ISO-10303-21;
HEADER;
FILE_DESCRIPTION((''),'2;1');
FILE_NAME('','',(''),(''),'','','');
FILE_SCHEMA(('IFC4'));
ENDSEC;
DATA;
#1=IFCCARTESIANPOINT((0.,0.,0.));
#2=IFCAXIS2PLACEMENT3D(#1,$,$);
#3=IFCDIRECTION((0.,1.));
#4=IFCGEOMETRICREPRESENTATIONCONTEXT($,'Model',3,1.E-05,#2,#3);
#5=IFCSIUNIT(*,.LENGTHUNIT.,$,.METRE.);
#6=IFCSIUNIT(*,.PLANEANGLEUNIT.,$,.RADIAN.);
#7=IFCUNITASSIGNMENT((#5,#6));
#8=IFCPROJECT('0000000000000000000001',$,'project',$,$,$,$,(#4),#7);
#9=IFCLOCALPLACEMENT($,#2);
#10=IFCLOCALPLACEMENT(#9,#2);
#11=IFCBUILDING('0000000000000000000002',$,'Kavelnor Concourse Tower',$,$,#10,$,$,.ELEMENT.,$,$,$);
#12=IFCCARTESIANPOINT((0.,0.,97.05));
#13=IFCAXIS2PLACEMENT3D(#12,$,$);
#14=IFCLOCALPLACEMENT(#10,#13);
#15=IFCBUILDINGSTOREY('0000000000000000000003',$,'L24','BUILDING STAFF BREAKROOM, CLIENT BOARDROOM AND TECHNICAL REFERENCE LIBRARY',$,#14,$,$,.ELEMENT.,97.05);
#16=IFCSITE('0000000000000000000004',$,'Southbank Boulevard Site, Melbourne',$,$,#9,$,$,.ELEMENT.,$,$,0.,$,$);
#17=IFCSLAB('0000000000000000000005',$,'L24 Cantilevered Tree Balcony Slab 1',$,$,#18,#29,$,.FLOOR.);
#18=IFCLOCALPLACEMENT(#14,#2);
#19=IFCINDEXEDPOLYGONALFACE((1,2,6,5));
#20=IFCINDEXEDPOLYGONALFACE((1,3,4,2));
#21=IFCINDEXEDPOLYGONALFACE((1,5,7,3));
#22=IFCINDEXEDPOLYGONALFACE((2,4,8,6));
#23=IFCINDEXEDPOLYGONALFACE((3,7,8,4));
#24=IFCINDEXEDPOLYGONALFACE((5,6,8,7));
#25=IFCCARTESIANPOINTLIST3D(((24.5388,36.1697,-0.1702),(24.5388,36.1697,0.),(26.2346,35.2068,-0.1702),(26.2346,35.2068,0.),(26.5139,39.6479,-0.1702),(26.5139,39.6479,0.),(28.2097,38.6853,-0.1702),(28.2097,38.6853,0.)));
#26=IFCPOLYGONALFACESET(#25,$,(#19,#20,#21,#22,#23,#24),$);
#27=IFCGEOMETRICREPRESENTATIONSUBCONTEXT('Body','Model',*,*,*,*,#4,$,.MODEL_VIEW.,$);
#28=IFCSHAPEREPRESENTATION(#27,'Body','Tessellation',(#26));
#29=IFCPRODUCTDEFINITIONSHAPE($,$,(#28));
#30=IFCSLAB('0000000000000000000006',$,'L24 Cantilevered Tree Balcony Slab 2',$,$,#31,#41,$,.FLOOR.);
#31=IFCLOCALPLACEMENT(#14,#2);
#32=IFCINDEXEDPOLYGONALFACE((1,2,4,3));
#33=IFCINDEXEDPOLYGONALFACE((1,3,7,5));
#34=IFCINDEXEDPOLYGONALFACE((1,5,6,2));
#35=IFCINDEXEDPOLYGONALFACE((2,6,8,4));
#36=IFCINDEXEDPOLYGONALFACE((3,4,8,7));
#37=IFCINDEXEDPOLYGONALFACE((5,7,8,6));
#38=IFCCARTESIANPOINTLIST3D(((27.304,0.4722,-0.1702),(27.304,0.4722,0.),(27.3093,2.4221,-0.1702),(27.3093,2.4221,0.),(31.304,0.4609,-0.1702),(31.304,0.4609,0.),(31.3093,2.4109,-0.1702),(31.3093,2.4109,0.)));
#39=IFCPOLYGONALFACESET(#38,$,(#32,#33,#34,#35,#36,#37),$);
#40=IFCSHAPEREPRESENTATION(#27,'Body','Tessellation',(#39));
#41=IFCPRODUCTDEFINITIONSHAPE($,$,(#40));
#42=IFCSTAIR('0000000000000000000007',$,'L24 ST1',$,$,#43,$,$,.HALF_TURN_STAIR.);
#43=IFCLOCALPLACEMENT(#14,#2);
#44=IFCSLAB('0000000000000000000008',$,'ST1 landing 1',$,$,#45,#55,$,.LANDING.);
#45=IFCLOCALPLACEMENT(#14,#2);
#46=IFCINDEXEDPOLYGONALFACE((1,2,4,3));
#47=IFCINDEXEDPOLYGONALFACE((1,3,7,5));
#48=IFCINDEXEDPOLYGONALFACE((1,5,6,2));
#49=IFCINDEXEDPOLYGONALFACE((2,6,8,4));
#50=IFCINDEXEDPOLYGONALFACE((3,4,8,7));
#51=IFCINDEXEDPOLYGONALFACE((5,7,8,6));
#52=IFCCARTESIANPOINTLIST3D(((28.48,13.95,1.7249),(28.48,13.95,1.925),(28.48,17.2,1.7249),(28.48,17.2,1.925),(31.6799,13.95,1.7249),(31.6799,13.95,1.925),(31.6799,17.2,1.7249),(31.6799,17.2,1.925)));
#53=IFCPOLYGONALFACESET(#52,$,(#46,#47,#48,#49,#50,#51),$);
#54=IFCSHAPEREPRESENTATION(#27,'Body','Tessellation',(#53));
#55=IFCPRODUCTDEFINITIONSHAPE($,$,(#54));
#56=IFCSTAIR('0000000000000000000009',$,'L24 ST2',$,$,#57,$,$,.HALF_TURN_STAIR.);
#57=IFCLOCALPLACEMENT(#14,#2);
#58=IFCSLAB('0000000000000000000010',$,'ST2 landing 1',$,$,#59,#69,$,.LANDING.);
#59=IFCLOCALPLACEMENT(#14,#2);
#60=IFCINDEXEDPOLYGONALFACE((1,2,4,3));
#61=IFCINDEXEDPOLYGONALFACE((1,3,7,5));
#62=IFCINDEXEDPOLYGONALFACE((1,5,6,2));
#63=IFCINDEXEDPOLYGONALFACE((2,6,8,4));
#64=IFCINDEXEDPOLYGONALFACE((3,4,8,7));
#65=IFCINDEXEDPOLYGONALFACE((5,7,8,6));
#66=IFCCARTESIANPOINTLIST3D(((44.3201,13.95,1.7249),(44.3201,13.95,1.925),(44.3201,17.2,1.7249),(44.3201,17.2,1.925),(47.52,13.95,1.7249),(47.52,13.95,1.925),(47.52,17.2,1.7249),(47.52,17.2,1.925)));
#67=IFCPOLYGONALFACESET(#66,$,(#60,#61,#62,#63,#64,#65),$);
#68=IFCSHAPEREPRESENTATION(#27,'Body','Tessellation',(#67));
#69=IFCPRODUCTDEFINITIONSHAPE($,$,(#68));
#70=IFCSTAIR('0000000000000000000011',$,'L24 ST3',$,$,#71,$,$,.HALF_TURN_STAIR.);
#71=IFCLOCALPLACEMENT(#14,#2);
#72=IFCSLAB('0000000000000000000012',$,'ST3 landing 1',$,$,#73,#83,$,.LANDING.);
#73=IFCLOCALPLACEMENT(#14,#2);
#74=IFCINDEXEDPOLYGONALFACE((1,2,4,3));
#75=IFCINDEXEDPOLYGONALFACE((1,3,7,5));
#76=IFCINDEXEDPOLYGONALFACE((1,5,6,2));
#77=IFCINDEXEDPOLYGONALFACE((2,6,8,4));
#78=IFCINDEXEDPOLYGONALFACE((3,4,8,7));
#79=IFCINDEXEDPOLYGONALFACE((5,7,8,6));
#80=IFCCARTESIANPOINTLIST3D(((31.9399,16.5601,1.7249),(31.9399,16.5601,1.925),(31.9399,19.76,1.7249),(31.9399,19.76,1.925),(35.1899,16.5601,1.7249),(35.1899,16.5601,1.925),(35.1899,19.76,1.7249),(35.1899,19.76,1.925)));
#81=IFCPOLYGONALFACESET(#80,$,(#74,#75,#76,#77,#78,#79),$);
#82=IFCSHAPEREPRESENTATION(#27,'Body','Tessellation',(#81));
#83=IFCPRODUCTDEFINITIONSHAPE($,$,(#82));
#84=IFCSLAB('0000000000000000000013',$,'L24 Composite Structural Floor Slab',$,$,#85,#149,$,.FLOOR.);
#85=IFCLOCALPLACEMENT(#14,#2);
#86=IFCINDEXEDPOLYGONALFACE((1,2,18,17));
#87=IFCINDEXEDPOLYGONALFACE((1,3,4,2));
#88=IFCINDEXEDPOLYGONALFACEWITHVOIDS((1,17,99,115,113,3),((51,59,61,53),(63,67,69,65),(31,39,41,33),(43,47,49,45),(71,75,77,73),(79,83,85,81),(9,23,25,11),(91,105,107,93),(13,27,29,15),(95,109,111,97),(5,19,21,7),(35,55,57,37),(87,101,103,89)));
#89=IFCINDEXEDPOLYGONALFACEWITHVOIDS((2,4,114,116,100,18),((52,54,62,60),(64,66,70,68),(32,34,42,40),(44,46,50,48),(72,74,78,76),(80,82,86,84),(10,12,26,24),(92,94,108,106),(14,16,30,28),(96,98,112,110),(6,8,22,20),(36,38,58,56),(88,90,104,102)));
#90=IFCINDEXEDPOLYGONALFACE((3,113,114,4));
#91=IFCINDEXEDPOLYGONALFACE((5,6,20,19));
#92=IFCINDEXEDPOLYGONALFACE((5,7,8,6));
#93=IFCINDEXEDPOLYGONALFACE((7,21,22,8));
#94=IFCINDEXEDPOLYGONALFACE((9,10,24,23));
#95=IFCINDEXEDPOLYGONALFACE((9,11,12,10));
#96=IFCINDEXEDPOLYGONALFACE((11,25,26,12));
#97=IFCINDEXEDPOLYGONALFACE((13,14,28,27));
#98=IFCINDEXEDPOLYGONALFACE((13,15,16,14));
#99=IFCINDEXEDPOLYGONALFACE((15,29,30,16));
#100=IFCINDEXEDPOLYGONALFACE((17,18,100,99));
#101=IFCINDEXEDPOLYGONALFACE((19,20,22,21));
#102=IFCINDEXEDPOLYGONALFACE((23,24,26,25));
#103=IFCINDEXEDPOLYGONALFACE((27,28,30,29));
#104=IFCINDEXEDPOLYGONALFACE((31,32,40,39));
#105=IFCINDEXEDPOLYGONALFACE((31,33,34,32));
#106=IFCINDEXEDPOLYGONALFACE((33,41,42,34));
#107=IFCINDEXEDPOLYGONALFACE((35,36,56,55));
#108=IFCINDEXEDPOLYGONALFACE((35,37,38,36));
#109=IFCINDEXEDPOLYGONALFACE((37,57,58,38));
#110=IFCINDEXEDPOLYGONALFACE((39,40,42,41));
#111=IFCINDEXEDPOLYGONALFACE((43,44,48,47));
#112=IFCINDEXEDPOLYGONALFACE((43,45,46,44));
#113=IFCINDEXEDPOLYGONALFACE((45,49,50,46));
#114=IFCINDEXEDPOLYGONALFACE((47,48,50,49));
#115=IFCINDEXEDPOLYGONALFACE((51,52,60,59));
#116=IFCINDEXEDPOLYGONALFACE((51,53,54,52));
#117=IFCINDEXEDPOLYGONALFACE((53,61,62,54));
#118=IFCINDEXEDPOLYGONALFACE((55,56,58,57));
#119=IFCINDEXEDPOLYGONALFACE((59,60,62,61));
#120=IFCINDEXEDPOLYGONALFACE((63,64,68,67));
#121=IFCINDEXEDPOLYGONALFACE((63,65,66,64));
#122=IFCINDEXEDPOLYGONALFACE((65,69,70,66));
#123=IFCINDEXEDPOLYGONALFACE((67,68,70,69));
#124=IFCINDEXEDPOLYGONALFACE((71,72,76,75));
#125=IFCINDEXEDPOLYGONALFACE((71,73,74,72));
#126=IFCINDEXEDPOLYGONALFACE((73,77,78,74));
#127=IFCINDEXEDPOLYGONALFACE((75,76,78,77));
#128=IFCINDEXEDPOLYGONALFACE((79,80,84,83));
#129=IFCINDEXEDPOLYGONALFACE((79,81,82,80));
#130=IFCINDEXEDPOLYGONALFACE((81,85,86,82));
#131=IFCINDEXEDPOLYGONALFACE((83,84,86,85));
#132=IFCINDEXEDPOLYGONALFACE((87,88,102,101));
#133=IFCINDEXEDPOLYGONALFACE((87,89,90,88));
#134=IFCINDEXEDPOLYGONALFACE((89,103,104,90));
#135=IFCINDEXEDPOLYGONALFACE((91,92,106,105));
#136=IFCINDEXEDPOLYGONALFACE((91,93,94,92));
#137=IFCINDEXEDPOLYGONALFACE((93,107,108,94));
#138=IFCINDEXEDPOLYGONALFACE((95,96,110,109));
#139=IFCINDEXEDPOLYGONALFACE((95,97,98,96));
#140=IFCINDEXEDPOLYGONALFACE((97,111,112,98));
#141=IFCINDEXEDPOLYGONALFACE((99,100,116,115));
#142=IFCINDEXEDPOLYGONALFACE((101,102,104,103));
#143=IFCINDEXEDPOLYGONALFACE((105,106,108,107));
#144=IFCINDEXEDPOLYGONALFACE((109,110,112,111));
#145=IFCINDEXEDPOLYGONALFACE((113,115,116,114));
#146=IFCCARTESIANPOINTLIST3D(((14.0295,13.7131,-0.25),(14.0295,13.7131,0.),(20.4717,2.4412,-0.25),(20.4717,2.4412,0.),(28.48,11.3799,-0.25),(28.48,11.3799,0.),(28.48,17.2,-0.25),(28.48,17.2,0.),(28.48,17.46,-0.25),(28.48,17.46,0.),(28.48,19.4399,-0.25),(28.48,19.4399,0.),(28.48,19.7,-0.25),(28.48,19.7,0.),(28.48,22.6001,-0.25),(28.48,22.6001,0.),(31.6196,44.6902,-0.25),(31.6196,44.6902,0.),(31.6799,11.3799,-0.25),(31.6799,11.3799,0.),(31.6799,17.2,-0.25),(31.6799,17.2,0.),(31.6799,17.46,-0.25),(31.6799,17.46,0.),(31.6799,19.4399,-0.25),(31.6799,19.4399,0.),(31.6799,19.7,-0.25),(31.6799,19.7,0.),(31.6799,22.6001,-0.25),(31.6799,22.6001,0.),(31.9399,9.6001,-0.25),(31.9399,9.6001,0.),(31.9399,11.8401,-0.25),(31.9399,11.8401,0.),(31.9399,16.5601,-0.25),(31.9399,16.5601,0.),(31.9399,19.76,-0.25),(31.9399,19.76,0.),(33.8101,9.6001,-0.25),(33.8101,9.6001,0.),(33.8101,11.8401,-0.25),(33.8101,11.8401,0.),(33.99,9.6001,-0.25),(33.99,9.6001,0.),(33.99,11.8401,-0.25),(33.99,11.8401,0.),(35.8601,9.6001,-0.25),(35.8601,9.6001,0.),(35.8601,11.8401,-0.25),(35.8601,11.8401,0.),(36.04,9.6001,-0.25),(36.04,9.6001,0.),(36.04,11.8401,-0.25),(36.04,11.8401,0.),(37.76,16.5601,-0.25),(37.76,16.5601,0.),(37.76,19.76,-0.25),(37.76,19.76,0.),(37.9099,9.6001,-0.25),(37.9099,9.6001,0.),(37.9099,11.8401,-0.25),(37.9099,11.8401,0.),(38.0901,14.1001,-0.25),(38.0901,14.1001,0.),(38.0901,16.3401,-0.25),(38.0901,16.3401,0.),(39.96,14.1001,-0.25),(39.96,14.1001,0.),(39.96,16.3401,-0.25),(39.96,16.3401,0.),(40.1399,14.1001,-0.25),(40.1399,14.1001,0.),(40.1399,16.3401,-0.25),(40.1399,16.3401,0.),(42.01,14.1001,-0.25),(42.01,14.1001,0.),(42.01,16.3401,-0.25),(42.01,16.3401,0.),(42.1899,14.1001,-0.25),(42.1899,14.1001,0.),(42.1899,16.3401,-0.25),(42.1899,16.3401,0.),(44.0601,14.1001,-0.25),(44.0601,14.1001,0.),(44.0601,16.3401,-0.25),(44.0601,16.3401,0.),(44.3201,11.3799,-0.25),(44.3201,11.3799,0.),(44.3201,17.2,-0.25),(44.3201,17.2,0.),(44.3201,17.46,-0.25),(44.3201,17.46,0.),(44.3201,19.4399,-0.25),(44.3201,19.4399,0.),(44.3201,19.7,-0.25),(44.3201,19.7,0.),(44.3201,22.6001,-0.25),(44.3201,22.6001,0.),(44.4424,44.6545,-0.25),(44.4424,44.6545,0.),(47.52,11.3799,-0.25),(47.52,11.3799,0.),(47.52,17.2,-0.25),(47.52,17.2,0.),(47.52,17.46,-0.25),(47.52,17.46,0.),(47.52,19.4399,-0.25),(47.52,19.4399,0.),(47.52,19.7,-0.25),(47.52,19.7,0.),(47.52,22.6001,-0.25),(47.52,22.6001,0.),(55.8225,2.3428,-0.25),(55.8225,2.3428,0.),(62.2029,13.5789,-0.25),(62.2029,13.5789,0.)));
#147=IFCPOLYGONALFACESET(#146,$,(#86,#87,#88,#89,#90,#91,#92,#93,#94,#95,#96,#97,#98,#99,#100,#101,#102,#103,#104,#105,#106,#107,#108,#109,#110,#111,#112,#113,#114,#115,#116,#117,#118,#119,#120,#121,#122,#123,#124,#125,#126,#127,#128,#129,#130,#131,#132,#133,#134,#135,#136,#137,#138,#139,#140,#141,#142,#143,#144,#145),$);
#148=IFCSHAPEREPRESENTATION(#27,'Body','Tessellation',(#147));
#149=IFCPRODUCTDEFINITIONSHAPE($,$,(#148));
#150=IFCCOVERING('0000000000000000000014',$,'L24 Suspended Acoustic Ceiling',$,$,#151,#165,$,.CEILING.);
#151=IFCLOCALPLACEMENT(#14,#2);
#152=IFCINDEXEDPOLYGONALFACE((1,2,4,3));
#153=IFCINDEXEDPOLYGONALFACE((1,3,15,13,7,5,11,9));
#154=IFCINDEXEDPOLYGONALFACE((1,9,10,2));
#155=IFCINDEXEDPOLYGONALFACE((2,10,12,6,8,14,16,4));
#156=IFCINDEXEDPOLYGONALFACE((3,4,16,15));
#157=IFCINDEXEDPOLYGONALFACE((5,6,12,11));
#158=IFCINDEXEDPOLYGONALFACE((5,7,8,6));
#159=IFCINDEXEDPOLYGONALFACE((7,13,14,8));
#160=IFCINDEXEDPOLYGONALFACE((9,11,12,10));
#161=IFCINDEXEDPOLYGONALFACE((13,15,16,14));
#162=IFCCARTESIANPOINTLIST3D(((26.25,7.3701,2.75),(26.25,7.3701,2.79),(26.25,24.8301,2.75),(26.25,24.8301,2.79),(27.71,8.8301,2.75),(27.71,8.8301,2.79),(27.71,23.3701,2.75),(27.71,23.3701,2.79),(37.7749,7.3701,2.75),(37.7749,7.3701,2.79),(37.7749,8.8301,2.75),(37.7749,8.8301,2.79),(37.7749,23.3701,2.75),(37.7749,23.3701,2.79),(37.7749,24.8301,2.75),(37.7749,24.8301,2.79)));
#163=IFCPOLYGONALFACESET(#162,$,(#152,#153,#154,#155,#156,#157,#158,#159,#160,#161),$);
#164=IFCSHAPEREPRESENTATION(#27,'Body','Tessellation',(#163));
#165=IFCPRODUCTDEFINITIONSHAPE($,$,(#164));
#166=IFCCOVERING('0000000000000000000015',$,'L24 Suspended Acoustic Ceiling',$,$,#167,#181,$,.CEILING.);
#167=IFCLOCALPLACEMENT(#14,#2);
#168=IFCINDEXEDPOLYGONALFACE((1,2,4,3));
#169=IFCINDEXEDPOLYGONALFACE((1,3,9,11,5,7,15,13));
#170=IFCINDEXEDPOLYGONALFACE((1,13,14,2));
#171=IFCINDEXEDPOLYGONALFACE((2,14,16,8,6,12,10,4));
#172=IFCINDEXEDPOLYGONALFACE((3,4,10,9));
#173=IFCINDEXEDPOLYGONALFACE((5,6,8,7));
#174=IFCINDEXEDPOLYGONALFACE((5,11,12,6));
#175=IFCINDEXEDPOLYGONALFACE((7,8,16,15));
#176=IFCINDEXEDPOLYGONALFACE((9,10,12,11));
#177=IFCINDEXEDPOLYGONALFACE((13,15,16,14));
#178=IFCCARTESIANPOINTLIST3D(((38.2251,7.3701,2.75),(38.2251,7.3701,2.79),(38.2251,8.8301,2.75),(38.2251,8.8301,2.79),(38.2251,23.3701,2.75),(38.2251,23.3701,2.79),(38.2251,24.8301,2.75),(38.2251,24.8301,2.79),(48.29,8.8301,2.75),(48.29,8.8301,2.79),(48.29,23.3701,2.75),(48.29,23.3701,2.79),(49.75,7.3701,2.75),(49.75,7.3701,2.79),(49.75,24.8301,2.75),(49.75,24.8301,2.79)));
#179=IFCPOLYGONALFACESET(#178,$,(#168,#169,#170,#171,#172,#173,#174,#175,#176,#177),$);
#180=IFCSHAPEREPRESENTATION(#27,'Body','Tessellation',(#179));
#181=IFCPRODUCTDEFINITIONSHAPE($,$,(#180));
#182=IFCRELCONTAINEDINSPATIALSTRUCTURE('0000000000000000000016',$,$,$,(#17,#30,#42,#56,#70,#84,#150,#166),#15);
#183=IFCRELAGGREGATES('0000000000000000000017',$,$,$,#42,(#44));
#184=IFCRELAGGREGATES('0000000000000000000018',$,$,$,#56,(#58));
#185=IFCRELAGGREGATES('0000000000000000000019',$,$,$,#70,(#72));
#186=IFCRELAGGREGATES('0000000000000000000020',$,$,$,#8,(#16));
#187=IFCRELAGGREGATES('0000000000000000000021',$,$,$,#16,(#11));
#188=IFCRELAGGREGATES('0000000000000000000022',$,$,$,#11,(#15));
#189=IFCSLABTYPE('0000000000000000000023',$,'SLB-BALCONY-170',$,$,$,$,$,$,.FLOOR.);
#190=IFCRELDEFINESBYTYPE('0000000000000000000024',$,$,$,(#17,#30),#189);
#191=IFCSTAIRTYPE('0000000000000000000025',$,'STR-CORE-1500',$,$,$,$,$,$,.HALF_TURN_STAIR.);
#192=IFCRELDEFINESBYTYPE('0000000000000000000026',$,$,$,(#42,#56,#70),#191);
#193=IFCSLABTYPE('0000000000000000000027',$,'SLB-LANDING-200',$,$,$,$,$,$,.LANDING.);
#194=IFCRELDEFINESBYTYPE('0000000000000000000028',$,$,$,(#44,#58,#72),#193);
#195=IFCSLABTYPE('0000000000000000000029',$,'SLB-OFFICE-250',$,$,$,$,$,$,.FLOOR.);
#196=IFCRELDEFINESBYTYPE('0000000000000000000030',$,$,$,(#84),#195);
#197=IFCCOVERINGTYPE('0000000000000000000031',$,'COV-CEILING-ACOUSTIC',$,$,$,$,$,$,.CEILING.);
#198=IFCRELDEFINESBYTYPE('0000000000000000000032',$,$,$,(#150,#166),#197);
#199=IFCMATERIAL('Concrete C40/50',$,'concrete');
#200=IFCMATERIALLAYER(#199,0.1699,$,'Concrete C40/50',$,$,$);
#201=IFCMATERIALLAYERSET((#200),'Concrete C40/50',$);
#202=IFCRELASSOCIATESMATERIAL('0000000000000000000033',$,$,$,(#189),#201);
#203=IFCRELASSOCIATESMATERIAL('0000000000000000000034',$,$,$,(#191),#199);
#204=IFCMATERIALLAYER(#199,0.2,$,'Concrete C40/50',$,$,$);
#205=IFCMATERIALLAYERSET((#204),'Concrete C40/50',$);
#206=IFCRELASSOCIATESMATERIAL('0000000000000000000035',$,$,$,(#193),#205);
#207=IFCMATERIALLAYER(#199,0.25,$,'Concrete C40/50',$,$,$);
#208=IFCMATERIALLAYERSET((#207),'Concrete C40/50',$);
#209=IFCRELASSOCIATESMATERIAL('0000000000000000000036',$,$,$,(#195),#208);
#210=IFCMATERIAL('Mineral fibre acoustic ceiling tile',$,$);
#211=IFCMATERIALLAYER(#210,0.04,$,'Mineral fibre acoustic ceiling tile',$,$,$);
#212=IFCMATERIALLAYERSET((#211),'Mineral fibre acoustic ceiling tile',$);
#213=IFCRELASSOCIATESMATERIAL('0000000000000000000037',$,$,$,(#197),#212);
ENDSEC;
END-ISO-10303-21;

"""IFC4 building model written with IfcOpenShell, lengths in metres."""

from ifc_helpers import new_model, si_unit, direction, frame, origin, place, context, subcontext, project, spatial, polyline, outline, extrude, material, layer, layer_set, type_object, element, aggregate, save


model = new_model("IFC4")

# Units and contexts
model_context = context("Model", 3, precision=1e-05, world=origin(), true_north=direction((0.0, 1.0)))
body_context = subcontext(model_context, "Body", "Model", "MODEL_VIEW")
ifc_project = project(units=[si_unit("LENGTHUNIT", "METRE"), si_unit("PLANEANGLEUNIT", "RADIAN")], contexts=[model_context])

# Site, building, storey
site_placement = place(None, origin())
site = spatial("IfcSite", under=ifc_project, at=site_placement, Name="Southbank Boulevard Site, Melbourne", CompositionType="ELEMENT", RefElevation=0.0)
building_placement = place(site_placement, origin())
building = spatial("IfcBuilding", under=site, at=building_placement, Name="Kavelnor Concourse Tower", CompositionType="ELEMENT")
storey_placement = place(building_placement, frame((0.0, 0.0, 97.05)))
storey = spatial("IfcBuildingStorey", under=building, at=storey_placement, Name="L24", Description="BUILDING STAFF BREAKROOM, CLIENT BOARDROOM AND TECHNICAL REFERENCE LIBRARY", CompositionType="ELEMENT", Elevation=97.05)

# Slabs
ifc_material_1 = material(Name="Concrete C40/50", Category="concrete")
ifc_layer_1 = layer(ifc_material_1, 0.1699, Name="Concrete C40/50")
ifc_layer_set_1 = layer_set([ifc_layer_1], Name="Concrete C40/50")
slab_type_1 = type_object("IfcSlabType", Name="SLB-BALCONY-170", PredefinedType="FLOOR", material=ifc_layer_set_1)
slab_1_placement = place(storey_placement, frame((0.0, 0.0, -0.1702)))
element("IfcSlab", 1, at=slab_1_placement, inside=storey, type_object=slab_type_1, Name="L24 Cantilevered Tree Balcony Slab 1", PredefinedType="FLOOR", context=body_context, shape_type="SweptSolid", body=[
    extrude(outline(polyline([(24.5388, 36.1697), (26.5139, 39.6479), (28.2097, 38.6853), (26.2346, 35.2068), (24.5388, 36.1697)])), origin(), (0.0, 0.0, 1.0), 0.1702),
])
slab_2_placement = place(storey_placement, frame((0.0, 0.0, -0.1702)))
element("IfcSlab", 2, at=slab_2_placement, inside=storey, type_object=slab_type_1, Name="L24 Cantilevered Tree Balcony Slab 2", PredefinedType="FLOOR", context=body_context, shape_type="SweptSolid", body=[
    extrude(outline(polyline([(31.304, 0.4609), (27.304, 0.4722), (27.3093, 2.4221), (31.3093, 2.4109), (31.304, 0.4609)])), origin(), (0.0, 0.0, 1.0), 0.1702),
])

# Stairs, slabs
stair_type = type_object("IfcStairType", Name="STR-CORE-1500", PredefinedType="HALF_TURN_STAIR", material=ifc_material_1)
stair_1_placement = place(storey_placement, origin())
stair_1 = element("IfcStair", 3, at=stair_1_placement, inside=storey, type_object=stair_type, Name="L24 ST1", PredefinedType="HALF_TURN_STAIR")
ifc_layer_2 = layer(ifc_material_1, 0.2, Name="Concrete C40/50")
ifc_layer_set_2 = layer_set([ifc_layer_2], Name="Concrete C40/50")
slab_type_2 = type_object("IfcSlabType", Name="SLB-LANDING-200", PredefinedType="LANDING", material=ifc_layer_set_2)
slab_3_placement = place(storey_placement, frame((0.0, 0.0, 1.7249)))
slab_3 = element("IfcSlab", 4, at=slab_3_placement, type_object=slab_type_2, Name="ST1 landing 1", PredefinedType="LANDING", context=body_context, shape_type="SweptSolid", body=[
    extrude(outline(polyline([(31.6799, 13.95), (31.6799, 17.2), (28.48, 17.2), (28.48, 13.95), (31.6799, 13.95)])), origin(), (0.0, 0.0, 1.0), 0.2002),
])
aggregate(stair_1, [slab_3])
stair_2_placement = place(storey_placement, origin())
stair_2 = element("IfcStair", 5, at=stair_2_placement, inside=storey, type_object=stair_type, Name="L24 ST2", PredefinedType="HALF_TURN_STAIR")
slab_4_placement = place(storey_placement, frame((0.0, 0.0, 1.7249)))
slab_4 = element("IfcSlab", 6, at=slab_4_placement, type_object=slab_type_2, Name="ST2 landing 1", PredefinedType="LANDING", context=body_context, shape_type="SweptSolid", body=[
    extrude(outline(polyline([(47.52, 13.95), (47.52, 17.2), (44.3201, 17.2), (44.3201, 13.95), (47.52, 13.95)])), origin(), (0.0, 0.0, 1.0), 0.2002),
])
aggregate(stair_2, [slab_4])
stair_3_placement = place(storey_placement, origin())
stair_3 = element("IfcStair", 7, at=stair_3_placement, inside=storey, type_object=stair_type, Name="L24 ST3", PredefinedType="HALF_TURN_STAIR")
slab_5_placement = place(storey_placement, frame((0.0, 0.0, 1.7249)))
slab_5 = element("IfcSlab", 8, at=slab_5_placement, type_object=slab_type_2, Name="ST3 landing 1", PredefinedType="LANDING", context=body_context, shape_type="SweptSolid", body=[
    extrude(outline(polyline([(35.1899, 19.76), (31.9399, 19.76), (31.9399, 16.5601), (35.1899, 16.5601), (35.1899, 19.76)])), origin(), (0.0, 0.0, 1.0), 0.2002),
])
aggregate(stair_3, [slab_5])

# Slab
ifc_layer_3 = layer(ifc_material_1, 0.25, Name="Concrete C40/50")
ifc_layer_set_3 = layer_set([ifc_layer_3], Name="Concrete C40/50")
slab_type_3 = type_object("IfcSlabType", Name="SLB-OFFICE-250", PredefinedType="FLOOR", material=ifc_layer_set_3)
slab_6_placement = place(storey_placement, frame((0.0, 0.0, -0.25)))
element("IfcSlab", 9, at=slab_6_placement, inside=storey, type_object=slab_type_3, Name="L24 Composite Structural Floor Slab", PredefinedType="FLOOR", context=body_context, shape_type="SweptSolid", body=[
    extrude(outline(polyline([(44.4424, 44.6545), (31.6196, 44.6902), (14.0295, 13.7131), (20.4717, 2.4412), (55.8225, 2.3428), (62.2029, 13.5789), (44.4424, 44.6545)]), holes=[polyline([(28.48, 11.3799), (31.6799, 11.3799), (31.6799, 17.2), (28.48, 17.2), (28.48, 11.3799)]), polyline([(44.3201, 11.3799), (47.52, 11.3799), (47.52, 17.2), (44.3201, 17.2), (44.3201, 11.3799)]), polyline([(31.9399, 16.5601), (37.76, 16.5601), (37.76, 19.76), (31.9399, 19.76), (31.9399, 16.5601)]), polyline([(28.48, 19.7), (31.6799, 19.7), (31.6799, 22.6001), (28.48, 22.6001), (28.48, 19.7)]), polyline([(44.3201, 19.7), (47.52, 19.7), (47.52, 22.6001), (44.3201, 22.6001), (44.3201, 19.7)]), polyline([(38.0901, 14.1001), (39.96, 14.1001), (39.96, 16.3401), (38.0901, 16.3401), (38.0901, 14.1001)]), polyline([(40.1399, 14.1001), (42.01, 14.1001), (42.01, 16.3401), (40.1399, 16.3401), (40.1399, 14.1001)]), polyline([(42.1899, 14.1001), (44.0601, 14.1001), (44.0601, 16.3401), (42.1899, 16.3401), (42.1899, 14.1001)]), polyline([(31.9399, 9.6001), (33.8101, 9.6001), (33.8101, 11.8401), (31.9399, 11.8401), (31.9399, 9.6001)]), polyline([(33.99, 9.6001), (35.8601, 9.6001), (35.8601, 11.8401), (33.99, 11.8401), (33.99, 9.6001)]), polyline([(36.04, 9.6001), (37.9099, 9.6001), (37.9099, 11.8401), (36.04, 11.8401), (36.04, 9.6001)]), polyline([(28.48, 17.46), (31.6799, 17.46), (31.6799, 19.4399), (28.48, 19.4399), (28.48, 17.46)]), polyline([(44.3201, 17.46), (47.52, 17.46), (47.52, 19.4399), (44.3201, 19.4399), (44.3201, 17.46)])]), origin(), (0.0, 0.0, 1.0), 0.25),
])

# Coverings
ifc_material_2 = material(Name="Mineral fibre acoustic ceiling tile")
ifc_layer_4 = layer(ifc_material_2, 0.04, Name="Mineral fibre acoustic ceiling tile")
ifc_layer_set_4 = layer_set([ifc_layer_4], Name="Mineral fibre acoustic ceiling tile")
covering_type_1 = type_object("IfcCoveringType", Name="COV-CEILING-ACOUSTIC", PredefinedType="CEILING", material=ifc_layer_set_4)
covering_1_placement = place(storey_placement, frame((0.0, 0.0, 2.75)))
element("IfcCovering", 10, at=covering_1_placement, inside=storey, type_object=covering_type_1, Name="L24 Suspended Acoustic Ceiling", PredefinedType="CEILING", context=body_context, shape_type="SweptSolid", body=[
    extrude(outline(polyline([(26.25, 7.3701), (26.25, 24.8301), (37.7749, 24.8301), (37.7749, 23.3701), (27.71, 23.3701), (27.71, 8.8301), (37.7749, 8.8301), (37.7749, 7.3701), (26.25, 7.3701)])), origin(), (0.0, 0.0, 1.0), 0.04),
])
covering_2_placement = place(storey_placement, frame((0.0, 0.0, 2.75)))
element("IfcCovering", 11, at=covering_2_placement, inside=storey, type_object=covering_type_1, Name="L24 Suspended Acoustic Ceiling", PredefinedType="CEILING", context=body_context, shape_type="SweptSolid", body=[
    extrude(outline(polyline([(49.75, 7.3701), (38.2251, 7.3701), (38.2251, 8.8301), (48.29, 8.8301), (48.29, 23.3701), (38.2251, 23.3701), (38.2251, 24.8301), (49.75, 24.8301), (49.75, 7.3701)])), origin(), (0.0, 0.0, 1.0), 0.04),
])

save(model, "model.ifc")
